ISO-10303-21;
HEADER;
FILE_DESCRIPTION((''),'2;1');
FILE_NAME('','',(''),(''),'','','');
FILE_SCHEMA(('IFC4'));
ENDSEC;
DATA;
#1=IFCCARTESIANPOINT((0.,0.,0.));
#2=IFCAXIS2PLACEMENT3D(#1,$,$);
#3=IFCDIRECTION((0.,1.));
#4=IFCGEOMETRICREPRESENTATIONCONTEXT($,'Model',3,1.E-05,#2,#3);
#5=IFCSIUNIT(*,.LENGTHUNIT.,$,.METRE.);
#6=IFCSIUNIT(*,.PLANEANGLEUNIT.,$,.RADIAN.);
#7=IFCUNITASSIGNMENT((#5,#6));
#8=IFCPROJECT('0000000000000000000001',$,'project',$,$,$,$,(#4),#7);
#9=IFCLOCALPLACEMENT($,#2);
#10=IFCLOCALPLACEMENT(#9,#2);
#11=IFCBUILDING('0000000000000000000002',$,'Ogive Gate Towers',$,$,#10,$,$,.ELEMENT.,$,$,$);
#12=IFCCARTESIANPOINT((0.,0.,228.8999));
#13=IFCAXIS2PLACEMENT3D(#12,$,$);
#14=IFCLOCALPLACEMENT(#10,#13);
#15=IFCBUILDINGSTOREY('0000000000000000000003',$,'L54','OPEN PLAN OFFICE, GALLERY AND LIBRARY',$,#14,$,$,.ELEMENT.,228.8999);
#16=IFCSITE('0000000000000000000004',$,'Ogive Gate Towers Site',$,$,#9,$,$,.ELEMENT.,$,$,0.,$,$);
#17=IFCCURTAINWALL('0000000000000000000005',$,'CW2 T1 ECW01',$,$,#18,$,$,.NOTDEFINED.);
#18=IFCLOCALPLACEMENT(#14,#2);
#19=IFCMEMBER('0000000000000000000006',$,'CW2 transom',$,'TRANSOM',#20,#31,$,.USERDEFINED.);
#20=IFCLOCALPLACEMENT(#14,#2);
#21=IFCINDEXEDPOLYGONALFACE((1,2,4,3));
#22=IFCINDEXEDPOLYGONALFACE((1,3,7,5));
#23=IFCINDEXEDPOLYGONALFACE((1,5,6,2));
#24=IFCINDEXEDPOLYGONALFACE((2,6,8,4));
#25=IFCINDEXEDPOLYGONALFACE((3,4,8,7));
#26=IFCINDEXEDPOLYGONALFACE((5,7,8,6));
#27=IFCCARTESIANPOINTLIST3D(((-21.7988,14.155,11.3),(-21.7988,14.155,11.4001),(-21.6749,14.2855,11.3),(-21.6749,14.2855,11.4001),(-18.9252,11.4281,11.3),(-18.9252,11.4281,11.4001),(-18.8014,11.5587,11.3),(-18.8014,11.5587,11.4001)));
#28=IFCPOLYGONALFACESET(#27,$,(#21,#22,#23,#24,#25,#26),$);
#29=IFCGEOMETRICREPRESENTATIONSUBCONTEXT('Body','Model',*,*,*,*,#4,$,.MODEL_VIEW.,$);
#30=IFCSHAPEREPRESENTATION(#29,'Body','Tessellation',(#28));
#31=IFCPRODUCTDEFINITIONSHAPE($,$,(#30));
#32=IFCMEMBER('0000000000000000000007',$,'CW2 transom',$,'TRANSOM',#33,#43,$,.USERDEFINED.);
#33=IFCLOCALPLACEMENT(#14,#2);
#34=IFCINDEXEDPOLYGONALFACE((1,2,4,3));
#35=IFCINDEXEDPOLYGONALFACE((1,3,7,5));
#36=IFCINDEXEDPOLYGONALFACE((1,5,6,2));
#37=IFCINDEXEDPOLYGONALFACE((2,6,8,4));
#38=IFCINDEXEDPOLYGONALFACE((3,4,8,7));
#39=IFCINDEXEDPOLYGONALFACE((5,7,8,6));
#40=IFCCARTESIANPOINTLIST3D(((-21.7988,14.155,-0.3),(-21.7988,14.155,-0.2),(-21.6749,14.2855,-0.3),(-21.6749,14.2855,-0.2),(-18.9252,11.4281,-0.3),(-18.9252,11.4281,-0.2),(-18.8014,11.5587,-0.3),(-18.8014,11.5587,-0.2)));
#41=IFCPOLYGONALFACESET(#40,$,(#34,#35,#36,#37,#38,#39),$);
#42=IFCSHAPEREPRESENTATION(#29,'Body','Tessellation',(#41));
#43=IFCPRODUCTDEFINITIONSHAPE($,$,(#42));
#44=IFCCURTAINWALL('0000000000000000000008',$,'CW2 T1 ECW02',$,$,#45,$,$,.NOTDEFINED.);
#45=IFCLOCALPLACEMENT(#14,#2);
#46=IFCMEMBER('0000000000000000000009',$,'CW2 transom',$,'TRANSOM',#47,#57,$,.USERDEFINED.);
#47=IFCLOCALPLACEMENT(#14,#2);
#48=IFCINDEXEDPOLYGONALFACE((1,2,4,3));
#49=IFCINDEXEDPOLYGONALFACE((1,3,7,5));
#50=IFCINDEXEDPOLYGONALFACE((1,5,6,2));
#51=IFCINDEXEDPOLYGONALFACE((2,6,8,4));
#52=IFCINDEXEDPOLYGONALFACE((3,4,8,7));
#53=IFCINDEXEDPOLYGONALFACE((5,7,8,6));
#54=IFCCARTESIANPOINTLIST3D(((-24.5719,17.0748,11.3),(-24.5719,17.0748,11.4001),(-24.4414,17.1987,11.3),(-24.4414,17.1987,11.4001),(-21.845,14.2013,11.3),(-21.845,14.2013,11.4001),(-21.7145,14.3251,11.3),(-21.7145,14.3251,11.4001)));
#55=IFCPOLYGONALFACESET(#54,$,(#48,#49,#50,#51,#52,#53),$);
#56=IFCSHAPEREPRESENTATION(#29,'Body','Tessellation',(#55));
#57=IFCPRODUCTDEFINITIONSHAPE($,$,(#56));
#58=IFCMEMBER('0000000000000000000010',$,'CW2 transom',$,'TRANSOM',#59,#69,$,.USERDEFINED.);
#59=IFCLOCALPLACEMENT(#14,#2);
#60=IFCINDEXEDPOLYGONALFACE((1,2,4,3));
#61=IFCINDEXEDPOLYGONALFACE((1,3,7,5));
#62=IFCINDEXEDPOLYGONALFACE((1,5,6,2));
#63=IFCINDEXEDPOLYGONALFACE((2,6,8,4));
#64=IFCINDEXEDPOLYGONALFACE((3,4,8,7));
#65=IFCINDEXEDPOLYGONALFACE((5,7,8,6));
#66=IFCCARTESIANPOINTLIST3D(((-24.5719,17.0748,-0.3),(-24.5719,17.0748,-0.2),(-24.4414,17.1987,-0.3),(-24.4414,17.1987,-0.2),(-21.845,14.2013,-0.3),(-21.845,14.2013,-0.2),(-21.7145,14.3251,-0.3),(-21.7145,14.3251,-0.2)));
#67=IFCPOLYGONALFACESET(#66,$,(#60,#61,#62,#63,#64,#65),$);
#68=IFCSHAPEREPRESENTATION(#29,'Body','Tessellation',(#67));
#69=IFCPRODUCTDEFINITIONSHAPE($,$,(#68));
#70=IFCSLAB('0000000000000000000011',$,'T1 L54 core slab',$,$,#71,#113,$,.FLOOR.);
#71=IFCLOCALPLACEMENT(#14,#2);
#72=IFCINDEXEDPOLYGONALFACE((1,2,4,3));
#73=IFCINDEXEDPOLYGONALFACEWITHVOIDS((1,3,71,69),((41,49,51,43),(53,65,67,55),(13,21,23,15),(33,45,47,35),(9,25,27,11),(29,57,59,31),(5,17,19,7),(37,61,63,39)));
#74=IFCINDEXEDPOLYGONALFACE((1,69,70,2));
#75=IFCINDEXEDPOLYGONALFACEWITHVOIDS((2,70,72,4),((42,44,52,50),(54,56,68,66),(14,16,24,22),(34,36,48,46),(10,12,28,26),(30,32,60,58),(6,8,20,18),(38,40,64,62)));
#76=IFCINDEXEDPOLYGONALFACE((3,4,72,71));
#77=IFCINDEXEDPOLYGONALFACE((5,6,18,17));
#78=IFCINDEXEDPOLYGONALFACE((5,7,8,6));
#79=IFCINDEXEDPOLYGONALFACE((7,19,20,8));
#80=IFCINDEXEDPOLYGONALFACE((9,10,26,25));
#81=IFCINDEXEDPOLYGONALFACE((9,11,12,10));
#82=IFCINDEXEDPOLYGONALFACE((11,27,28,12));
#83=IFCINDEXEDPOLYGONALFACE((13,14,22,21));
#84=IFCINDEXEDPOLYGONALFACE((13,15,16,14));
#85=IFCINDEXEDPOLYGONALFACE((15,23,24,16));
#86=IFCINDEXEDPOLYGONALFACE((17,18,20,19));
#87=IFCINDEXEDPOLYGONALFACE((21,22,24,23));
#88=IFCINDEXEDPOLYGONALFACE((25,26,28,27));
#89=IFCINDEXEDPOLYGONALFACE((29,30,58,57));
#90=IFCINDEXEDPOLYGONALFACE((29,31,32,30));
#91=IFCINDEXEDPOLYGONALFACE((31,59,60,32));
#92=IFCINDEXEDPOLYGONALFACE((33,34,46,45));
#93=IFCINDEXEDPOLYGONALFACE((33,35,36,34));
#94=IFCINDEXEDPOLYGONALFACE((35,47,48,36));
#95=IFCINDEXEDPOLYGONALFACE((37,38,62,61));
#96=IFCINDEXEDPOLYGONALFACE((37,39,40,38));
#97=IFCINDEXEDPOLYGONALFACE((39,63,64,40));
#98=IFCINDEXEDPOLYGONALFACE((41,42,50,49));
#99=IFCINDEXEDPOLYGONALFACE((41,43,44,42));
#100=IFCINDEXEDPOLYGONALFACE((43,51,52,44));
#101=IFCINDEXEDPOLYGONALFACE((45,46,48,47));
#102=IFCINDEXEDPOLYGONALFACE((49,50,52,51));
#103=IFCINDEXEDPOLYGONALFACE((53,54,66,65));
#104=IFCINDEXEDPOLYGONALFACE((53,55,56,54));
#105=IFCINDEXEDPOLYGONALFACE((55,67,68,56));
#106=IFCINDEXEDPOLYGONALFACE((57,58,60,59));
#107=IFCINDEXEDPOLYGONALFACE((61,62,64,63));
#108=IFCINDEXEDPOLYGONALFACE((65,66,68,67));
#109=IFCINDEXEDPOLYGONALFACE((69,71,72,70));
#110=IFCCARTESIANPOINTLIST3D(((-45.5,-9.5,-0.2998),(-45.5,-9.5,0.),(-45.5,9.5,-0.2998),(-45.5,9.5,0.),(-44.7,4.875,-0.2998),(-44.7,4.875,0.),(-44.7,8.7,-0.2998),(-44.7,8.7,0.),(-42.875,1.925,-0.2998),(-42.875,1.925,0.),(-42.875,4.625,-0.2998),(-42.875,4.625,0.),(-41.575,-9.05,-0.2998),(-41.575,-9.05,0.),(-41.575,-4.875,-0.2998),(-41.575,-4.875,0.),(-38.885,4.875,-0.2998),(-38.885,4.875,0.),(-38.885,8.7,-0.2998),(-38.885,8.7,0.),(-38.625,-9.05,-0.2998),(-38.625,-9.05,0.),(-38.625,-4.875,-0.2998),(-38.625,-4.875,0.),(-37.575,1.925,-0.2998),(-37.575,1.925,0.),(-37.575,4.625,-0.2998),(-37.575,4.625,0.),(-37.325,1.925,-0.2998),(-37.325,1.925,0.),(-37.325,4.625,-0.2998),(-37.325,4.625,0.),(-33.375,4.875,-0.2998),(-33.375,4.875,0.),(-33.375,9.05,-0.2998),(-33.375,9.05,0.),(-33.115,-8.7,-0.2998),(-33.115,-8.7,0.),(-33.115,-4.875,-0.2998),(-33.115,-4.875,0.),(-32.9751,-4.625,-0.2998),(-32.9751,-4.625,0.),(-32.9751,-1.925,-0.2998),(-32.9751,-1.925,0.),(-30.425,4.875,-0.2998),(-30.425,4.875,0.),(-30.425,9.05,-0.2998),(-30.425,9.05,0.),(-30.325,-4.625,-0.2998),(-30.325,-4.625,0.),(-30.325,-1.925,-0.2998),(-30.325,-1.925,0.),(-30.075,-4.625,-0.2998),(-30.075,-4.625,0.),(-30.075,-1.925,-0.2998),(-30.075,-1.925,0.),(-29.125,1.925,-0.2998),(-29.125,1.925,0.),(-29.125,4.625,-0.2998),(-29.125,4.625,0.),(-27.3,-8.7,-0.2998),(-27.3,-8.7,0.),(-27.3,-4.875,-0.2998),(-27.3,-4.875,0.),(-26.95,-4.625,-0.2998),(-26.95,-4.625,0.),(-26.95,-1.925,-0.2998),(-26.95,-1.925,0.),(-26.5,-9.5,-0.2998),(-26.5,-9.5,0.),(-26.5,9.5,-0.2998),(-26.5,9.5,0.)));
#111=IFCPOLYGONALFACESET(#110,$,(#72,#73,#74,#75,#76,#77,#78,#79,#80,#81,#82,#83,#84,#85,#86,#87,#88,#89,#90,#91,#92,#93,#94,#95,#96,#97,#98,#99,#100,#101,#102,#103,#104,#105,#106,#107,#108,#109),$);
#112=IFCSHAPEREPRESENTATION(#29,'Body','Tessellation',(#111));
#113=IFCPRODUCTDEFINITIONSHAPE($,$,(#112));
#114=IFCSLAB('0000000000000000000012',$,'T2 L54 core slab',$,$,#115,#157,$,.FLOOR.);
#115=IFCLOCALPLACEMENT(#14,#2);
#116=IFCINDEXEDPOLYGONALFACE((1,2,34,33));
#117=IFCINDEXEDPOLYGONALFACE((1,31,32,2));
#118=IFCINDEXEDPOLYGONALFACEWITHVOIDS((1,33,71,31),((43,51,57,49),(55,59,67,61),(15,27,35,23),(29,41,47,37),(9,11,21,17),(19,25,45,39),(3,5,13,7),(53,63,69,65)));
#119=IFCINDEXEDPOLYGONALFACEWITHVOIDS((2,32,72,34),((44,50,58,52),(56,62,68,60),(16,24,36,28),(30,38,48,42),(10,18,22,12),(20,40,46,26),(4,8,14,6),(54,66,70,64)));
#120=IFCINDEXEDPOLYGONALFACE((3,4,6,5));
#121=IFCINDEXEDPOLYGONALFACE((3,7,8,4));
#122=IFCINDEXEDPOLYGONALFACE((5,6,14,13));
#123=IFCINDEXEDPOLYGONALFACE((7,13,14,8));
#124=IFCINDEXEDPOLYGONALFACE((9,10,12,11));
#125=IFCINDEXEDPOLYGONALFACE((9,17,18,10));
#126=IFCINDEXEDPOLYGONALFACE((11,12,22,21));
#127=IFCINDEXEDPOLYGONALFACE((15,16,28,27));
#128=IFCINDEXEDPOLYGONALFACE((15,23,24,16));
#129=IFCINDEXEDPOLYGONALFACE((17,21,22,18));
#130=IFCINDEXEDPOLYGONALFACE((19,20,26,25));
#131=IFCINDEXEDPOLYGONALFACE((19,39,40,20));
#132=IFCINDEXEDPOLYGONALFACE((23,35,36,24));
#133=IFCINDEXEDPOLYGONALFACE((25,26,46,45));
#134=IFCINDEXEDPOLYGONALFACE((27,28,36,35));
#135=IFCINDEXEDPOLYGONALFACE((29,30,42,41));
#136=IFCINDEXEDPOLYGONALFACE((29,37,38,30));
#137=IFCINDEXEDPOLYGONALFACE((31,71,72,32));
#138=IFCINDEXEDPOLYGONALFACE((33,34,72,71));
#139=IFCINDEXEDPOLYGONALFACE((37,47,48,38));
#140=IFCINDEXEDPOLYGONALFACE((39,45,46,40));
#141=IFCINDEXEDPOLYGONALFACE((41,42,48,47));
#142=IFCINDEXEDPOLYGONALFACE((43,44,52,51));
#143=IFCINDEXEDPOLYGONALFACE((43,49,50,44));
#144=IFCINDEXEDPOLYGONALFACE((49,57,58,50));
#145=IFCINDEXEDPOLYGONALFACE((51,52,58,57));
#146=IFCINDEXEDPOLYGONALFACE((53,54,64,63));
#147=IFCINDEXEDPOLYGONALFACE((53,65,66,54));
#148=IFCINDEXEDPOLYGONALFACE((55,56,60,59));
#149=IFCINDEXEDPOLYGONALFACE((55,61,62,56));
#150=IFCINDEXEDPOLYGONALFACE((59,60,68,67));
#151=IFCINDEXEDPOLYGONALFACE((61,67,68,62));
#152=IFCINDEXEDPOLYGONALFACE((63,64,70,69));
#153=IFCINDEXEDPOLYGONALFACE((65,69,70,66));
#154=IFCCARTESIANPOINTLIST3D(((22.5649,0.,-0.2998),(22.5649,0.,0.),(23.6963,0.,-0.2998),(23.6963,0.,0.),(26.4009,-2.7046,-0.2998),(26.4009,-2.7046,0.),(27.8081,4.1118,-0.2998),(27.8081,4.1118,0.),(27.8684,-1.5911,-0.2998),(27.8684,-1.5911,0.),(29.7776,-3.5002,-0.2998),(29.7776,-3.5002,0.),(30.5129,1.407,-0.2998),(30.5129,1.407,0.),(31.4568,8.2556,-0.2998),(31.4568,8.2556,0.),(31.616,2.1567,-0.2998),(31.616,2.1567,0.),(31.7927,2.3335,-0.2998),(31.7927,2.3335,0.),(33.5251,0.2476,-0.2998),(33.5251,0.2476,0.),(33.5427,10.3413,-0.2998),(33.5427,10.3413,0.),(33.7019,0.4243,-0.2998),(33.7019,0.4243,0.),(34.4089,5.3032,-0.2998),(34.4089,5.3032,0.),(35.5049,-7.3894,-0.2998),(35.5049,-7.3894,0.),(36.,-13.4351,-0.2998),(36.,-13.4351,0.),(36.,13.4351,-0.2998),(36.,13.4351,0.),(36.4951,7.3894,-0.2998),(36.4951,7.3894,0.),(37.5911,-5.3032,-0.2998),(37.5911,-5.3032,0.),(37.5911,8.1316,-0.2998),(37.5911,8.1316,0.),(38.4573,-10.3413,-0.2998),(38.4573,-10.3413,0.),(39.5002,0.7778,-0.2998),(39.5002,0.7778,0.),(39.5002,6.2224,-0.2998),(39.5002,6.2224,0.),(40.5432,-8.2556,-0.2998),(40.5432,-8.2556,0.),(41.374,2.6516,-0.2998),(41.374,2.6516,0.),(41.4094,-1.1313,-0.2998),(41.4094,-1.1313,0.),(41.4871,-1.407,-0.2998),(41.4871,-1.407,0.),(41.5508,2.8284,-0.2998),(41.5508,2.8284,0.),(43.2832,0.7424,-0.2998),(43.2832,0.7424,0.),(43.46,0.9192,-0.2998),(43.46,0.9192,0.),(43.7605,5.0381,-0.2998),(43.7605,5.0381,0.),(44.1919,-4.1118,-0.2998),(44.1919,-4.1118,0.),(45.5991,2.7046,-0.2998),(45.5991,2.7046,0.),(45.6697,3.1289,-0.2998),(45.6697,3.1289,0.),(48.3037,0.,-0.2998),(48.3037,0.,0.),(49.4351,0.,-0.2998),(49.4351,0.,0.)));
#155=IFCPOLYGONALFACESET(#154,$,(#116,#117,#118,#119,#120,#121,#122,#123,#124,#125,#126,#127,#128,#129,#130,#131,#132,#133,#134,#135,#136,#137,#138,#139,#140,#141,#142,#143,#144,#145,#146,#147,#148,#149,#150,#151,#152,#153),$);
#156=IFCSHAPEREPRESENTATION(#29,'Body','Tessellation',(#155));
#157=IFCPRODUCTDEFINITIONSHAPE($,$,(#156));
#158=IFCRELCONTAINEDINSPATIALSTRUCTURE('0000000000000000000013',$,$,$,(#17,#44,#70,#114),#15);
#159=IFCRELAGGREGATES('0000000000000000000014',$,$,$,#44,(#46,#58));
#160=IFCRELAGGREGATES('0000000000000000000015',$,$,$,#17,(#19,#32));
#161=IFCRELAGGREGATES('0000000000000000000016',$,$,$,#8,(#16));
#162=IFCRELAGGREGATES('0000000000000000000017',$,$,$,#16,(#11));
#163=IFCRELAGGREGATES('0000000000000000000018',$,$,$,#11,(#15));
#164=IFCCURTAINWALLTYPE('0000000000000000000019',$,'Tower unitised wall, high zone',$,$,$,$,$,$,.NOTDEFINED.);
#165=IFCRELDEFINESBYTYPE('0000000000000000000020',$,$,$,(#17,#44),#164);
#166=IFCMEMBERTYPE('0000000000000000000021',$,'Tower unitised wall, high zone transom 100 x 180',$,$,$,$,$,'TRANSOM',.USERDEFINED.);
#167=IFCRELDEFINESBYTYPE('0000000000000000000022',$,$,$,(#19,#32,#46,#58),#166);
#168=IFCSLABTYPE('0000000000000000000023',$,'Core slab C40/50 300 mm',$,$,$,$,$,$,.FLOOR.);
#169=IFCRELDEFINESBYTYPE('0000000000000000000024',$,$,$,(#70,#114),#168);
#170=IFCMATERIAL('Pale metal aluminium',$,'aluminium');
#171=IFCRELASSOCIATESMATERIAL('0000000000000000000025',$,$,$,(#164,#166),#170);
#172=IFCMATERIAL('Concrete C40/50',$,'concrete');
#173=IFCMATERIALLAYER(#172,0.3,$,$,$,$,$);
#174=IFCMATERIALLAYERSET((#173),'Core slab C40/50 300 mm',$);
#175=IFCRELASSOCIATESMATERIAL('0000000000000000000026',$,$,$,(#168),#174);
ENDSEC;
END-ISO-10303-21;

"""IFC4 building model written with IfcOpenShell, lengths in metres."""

from ifc_helpers import new_model, si_unit, direction, frame, origin, origin_2d, place, context, subcontext, project, spatial, polyline, rectangle, outline, extrude, material, layer, layer_set, material_profile, profile_set, type_object, element, aggregate, save


model = new_model("IFC4")

# Units and contexts
model_context = context("Model", 3, precision=1e-05, world=origin(), true_north=direction((0.0, 1.0)))
body_context = subcontext(model_context, "Body", "Model", "MODEL_VIEW")
ifc_project = project(units=[si_unit("LENGTHUNIT", "METRE"), si_unit("PLANEANGLEUNIT", "RADIAN")], contexts=[model_context])

# Site, building, storey
site_placement = place(None, origin())
site = spatial("IfcSite", under=ifc_project, at=site_placement, Name="Ogive Gate Towers Site", CompositionType="ELEMENT", RefElevation=0.0)
building_placement = place(site_placement, origin())
building = spatial("IfcBuilding", under=site, at=building_placement, Name="Ogive Gate Towers", CompositionType="ELEMENT")
storey_placement = place(building_placement, frame((0.0, 0.0, 228.8999)))
storey = spatial("IfcBuildingStorey", under=building, at=storey_placement, Name="L54", Description="OPEN PLAN OFFICE, GALLERY AND LIBRARY", CompositionType="ELEMENT", Elevation=228.8999)

# Curtain walls, members
ifc_material_1 = material(Name="Pale metal aluminium", Category="aluminium")
curtain_wall_type = type_object("IfcCurtainWallType", Name="Tower unitised wall, high zone", PredefinedType="NOTDEFINED", material=ifc_material_1)
curtain_wall_1_placement = place(storey_placement, origin())
curtain_wall_1 = element("IfcCurtainWall", 1, at=curtain_wall_1_placement, inside=storey, type_object=curtain_wall_type, Name="CW2 T1 ECW01", PredefinedType="NOTDEFINED")
ifc_material_profile_1 = material_profile(ifc_material_1, rectangle(XDim=0.1799, YDim=0.1001, at=origin_2d()), Name="100 x 180 aluminium box")
ifc_profile_set_1 = profile_set([ifc_material_profile_1], Name="Pale metal aluminium")
member_type_1 = type_object("IfcMemberType", Name="Tower unitised wall, high zone transom 100 x 180", ElementType="TRANSOM", PredefinedType="USERDEFINED", material=ifc_profile_set_1)
member_1_placement = place(storey_placement, frame((-18.8633, 11.4934, 11.3501), z_axis=(-0.725384, 0.688344, 0.0), x_axis=(-0.688344, -0.725384, 0.0)))
member_1 = element("IfcMember", 2, at=member_1_placement, type_object=member_type_1, Name="CW2 transom", ObjectType="TRANSOM", PredefinedType="USERDEFINED", context=body_context, shape_type="SweptSolid", body=[
    extrude(rectangle(XDim=0.1799, YDim=0.1001, at=origin_2d()), origin(), (0.0, 0.0, 1.0), 3.9614),
])
member_2_placement = place(storey_placement, frame((-18.8633, 11.4934, -0.25), z_axis=(-0.725384, 0.688344, 0.0), x_axis=(-0.688344, -0.725384, 0.0)))
member_2 = element("IfcMember", 3, at=member_2_placement, type_object=member_type_1, Name="CW2 transom", ObjectType="TRANSOM", PredefinedType="USERDEFINED", context=body_context, shape_type="SweptSolid", body=[
    extrude(rectangle(XDim=0.1799, YDim=0.1001, at=origin_2d()), origin(), (0.0, 0.0, 1.0), 3.9614),
])
curtain_wall_2_placement = place(storey_placement, origin())
curtain_wall_2 = element("IfcCurtainWall", 4, at=curtain_wall_2_placement, inside=storey, type_object=curtain_wall_type, Name="CW2 T1 ECW02", PredefinedType="NOTDEFINED")
member_3_placement = place(storey_placement, frame((-21.7798, 14.2632, 11.3501), z_axis=(-0.688344, 0.725384, 0.0), x_axis=(-0.725384, -0.688344, 0.0)))
member_3 = element("IfcMember", 5, at=member_3_placement, type_object=member_type_1, Name="CW2 transom", ObjectType="TRANSOM", PredefinedType="USERDEFINED", context=body_context, shape_type="SweptSolid", body=[
    extrude(rectangle(XDim=0.1799, YDim=0.1001, at=origin_2d()), origin(), (0.0, 0.0, 1.0), 3.9614),
])
member_4_placement = place(storey_placement, frame((-21.7798, 14.2632, -0.25), z_axis=(-0.688344, 0.725384, 0.0), x_axis=(-0.725384, -0.688344, 0.0)))
member_4 = element("IfcMember", 6, at=member_4_placement, type_object=member_type_1, Name="CW2 transom", ObjectType="TRANSOM", PredefinedType="USERDEFINED", context=body_context, shape_type="SweptSolid", body=[
    extrude(rectangle(XDim=0.1799, YDim=0.1001, at=origin_2d()), origin(), (0.0, 0.0, 1.0), 3.9614),
])
aggregate(curtain_wall_2, [member_3, member_4])

# Slabs
ifc_material_2 = material(Name="Concrete C40/50", Category="concrete")
ifc_layer_1 = layer(ifc_material_2, 0.3)
ifc_layer_set_1 = layer_set([ifc_layer_1], Name="Core slab C40/50 300 mm")
slab_type_1 = type_object("IfcSlabType", Name="Core slab C40/50 300 mm", PredefinedType="FLOOR", material=ifc_layer_set_1)
slab_1_placement = place(storey_placement, frame((0.0, 0.0, -0.2998)))
element("IfcSlab", 7, at=slab_1_placement, inside=storey, type_object=slab_type_1, Name="T1 L54 core slab", PredefinedType="FLOOR", context=body_context, shape_type="SweptSolid", body=[
    extrude(outline(polyline([(-45.5, -9.5), (-45.5, 9.5), (-26.5, 9.5), (-26.5, -9.5), (-45.5, -9.5)]), holes=[polyline([(-42.875, 1.925), (-37.575, 1.925), (-37.575, 4.625), (-42.875, 4.625), (-42.875, 1.925)]), polyline([(-37.325, 4.625), (-37.325, 1.925), (-29.125, 1.925), (-29.125, 4.625), (-37.325, 4.625)]), polyline([(-30.325, -1.925), (-32.9751, -1.925), (-32.9751, -4.625), (-30.325, -4.625), (-30.325, -1.925)]), polyline([(-26.95, -4.625), (-26.95, -1.925), (-30.075, -1.925), (-30.075, -4.625), (-26.95, -4.625)]), polyline([(-33.375, 4.875), (-30.425, 4.875), (-30.425, 9.05), (-33.375, 9.05), (-33.375, 4.875)]), polyline([(-41.575, -4.875), (-41.575, -9.05), (-38.625, -9.05), (-38.625, -4.875), (-41.575, -4.875)]), polyline([(-44.7, 4.875), (-38.885, 4.875), (-38.885, 8.7), (-44.7, 8.7), (-44.7, 4.875)]), polyline([(-27.3, -8.7), (-27.3, -4.875), (-33.115, -4.875), (-33.115, -8.7), (-27.3, -8.7)])]), origin(), (0.0, 0.0, 1.0), 0.2998),
])
slab_2_placement = place(storey_placement, frame((0.0, 0.0, -0.2998)))
element("IfcSlab", 8, at=slab_2_placement, inside=storey, type_object=slab_type_1, Name="T2 L54 core slab", PredefinedType="FLOOR", context=body_context, shape_type="SweptSolid", body=[
    extrude(outline(polyline([(36.0, -13.4351), (22.5649, 0.0), (36.0, 13.4351), (49.4351, 0.0), (36.0, -13.4351)]), holes=[polyline([(29.7776, -3.5002), (33.5251, 0.2476), (31.616, 2.1567), (27.8684, -1.5911), (29.7776, -3.5002)]), polyline([(31.7927, 2.3335), (33.7019, 0.4243), (39.5002, 6.2224), (37.5911, 8.1316), (31.7927, 2.3335)]), polyline([(41.374, 2.6516), (39.5002, 0.7778), (41.4094, -1.1313), (43.2832, 0.7424), (41.374, 2.6516)]), polyline([(45.6697, 3.1289), (43.7605, 5.0381), (41.5508, 2.8284), (43.46, 0.9192), (45.6697, 3.1289)]), polyline([(34.4089, 5.3032), (36.4951, 7.3894), (33.5427, 10.3413), (31.4568, 8.2556), (34.4089, 5.3032)]), polyline([(35.5049, -7.3894), (38.4573, -10.3413), (40.5432, -8.2556), (37.5911, -5.3032), (35.5049, -7.3894)]), polyline([(26.4009, -2.7046), (30.5129, 1.407), (27.8081, 4.1118), (23.6963, 0.0), (26.4009, -2.7046)]), polyline([(48.3037, 0.0), (45.5991, 2.7046), (41.4871, -1.407), (44.1919, -4.1118), (48.3037, 0.0)])]), origin(), (0.0, 0.0, 1.0), 0.2998),
])

aggregate(curtain_wall_1, [member_1, member_2])

save(model, "model.ifc")
